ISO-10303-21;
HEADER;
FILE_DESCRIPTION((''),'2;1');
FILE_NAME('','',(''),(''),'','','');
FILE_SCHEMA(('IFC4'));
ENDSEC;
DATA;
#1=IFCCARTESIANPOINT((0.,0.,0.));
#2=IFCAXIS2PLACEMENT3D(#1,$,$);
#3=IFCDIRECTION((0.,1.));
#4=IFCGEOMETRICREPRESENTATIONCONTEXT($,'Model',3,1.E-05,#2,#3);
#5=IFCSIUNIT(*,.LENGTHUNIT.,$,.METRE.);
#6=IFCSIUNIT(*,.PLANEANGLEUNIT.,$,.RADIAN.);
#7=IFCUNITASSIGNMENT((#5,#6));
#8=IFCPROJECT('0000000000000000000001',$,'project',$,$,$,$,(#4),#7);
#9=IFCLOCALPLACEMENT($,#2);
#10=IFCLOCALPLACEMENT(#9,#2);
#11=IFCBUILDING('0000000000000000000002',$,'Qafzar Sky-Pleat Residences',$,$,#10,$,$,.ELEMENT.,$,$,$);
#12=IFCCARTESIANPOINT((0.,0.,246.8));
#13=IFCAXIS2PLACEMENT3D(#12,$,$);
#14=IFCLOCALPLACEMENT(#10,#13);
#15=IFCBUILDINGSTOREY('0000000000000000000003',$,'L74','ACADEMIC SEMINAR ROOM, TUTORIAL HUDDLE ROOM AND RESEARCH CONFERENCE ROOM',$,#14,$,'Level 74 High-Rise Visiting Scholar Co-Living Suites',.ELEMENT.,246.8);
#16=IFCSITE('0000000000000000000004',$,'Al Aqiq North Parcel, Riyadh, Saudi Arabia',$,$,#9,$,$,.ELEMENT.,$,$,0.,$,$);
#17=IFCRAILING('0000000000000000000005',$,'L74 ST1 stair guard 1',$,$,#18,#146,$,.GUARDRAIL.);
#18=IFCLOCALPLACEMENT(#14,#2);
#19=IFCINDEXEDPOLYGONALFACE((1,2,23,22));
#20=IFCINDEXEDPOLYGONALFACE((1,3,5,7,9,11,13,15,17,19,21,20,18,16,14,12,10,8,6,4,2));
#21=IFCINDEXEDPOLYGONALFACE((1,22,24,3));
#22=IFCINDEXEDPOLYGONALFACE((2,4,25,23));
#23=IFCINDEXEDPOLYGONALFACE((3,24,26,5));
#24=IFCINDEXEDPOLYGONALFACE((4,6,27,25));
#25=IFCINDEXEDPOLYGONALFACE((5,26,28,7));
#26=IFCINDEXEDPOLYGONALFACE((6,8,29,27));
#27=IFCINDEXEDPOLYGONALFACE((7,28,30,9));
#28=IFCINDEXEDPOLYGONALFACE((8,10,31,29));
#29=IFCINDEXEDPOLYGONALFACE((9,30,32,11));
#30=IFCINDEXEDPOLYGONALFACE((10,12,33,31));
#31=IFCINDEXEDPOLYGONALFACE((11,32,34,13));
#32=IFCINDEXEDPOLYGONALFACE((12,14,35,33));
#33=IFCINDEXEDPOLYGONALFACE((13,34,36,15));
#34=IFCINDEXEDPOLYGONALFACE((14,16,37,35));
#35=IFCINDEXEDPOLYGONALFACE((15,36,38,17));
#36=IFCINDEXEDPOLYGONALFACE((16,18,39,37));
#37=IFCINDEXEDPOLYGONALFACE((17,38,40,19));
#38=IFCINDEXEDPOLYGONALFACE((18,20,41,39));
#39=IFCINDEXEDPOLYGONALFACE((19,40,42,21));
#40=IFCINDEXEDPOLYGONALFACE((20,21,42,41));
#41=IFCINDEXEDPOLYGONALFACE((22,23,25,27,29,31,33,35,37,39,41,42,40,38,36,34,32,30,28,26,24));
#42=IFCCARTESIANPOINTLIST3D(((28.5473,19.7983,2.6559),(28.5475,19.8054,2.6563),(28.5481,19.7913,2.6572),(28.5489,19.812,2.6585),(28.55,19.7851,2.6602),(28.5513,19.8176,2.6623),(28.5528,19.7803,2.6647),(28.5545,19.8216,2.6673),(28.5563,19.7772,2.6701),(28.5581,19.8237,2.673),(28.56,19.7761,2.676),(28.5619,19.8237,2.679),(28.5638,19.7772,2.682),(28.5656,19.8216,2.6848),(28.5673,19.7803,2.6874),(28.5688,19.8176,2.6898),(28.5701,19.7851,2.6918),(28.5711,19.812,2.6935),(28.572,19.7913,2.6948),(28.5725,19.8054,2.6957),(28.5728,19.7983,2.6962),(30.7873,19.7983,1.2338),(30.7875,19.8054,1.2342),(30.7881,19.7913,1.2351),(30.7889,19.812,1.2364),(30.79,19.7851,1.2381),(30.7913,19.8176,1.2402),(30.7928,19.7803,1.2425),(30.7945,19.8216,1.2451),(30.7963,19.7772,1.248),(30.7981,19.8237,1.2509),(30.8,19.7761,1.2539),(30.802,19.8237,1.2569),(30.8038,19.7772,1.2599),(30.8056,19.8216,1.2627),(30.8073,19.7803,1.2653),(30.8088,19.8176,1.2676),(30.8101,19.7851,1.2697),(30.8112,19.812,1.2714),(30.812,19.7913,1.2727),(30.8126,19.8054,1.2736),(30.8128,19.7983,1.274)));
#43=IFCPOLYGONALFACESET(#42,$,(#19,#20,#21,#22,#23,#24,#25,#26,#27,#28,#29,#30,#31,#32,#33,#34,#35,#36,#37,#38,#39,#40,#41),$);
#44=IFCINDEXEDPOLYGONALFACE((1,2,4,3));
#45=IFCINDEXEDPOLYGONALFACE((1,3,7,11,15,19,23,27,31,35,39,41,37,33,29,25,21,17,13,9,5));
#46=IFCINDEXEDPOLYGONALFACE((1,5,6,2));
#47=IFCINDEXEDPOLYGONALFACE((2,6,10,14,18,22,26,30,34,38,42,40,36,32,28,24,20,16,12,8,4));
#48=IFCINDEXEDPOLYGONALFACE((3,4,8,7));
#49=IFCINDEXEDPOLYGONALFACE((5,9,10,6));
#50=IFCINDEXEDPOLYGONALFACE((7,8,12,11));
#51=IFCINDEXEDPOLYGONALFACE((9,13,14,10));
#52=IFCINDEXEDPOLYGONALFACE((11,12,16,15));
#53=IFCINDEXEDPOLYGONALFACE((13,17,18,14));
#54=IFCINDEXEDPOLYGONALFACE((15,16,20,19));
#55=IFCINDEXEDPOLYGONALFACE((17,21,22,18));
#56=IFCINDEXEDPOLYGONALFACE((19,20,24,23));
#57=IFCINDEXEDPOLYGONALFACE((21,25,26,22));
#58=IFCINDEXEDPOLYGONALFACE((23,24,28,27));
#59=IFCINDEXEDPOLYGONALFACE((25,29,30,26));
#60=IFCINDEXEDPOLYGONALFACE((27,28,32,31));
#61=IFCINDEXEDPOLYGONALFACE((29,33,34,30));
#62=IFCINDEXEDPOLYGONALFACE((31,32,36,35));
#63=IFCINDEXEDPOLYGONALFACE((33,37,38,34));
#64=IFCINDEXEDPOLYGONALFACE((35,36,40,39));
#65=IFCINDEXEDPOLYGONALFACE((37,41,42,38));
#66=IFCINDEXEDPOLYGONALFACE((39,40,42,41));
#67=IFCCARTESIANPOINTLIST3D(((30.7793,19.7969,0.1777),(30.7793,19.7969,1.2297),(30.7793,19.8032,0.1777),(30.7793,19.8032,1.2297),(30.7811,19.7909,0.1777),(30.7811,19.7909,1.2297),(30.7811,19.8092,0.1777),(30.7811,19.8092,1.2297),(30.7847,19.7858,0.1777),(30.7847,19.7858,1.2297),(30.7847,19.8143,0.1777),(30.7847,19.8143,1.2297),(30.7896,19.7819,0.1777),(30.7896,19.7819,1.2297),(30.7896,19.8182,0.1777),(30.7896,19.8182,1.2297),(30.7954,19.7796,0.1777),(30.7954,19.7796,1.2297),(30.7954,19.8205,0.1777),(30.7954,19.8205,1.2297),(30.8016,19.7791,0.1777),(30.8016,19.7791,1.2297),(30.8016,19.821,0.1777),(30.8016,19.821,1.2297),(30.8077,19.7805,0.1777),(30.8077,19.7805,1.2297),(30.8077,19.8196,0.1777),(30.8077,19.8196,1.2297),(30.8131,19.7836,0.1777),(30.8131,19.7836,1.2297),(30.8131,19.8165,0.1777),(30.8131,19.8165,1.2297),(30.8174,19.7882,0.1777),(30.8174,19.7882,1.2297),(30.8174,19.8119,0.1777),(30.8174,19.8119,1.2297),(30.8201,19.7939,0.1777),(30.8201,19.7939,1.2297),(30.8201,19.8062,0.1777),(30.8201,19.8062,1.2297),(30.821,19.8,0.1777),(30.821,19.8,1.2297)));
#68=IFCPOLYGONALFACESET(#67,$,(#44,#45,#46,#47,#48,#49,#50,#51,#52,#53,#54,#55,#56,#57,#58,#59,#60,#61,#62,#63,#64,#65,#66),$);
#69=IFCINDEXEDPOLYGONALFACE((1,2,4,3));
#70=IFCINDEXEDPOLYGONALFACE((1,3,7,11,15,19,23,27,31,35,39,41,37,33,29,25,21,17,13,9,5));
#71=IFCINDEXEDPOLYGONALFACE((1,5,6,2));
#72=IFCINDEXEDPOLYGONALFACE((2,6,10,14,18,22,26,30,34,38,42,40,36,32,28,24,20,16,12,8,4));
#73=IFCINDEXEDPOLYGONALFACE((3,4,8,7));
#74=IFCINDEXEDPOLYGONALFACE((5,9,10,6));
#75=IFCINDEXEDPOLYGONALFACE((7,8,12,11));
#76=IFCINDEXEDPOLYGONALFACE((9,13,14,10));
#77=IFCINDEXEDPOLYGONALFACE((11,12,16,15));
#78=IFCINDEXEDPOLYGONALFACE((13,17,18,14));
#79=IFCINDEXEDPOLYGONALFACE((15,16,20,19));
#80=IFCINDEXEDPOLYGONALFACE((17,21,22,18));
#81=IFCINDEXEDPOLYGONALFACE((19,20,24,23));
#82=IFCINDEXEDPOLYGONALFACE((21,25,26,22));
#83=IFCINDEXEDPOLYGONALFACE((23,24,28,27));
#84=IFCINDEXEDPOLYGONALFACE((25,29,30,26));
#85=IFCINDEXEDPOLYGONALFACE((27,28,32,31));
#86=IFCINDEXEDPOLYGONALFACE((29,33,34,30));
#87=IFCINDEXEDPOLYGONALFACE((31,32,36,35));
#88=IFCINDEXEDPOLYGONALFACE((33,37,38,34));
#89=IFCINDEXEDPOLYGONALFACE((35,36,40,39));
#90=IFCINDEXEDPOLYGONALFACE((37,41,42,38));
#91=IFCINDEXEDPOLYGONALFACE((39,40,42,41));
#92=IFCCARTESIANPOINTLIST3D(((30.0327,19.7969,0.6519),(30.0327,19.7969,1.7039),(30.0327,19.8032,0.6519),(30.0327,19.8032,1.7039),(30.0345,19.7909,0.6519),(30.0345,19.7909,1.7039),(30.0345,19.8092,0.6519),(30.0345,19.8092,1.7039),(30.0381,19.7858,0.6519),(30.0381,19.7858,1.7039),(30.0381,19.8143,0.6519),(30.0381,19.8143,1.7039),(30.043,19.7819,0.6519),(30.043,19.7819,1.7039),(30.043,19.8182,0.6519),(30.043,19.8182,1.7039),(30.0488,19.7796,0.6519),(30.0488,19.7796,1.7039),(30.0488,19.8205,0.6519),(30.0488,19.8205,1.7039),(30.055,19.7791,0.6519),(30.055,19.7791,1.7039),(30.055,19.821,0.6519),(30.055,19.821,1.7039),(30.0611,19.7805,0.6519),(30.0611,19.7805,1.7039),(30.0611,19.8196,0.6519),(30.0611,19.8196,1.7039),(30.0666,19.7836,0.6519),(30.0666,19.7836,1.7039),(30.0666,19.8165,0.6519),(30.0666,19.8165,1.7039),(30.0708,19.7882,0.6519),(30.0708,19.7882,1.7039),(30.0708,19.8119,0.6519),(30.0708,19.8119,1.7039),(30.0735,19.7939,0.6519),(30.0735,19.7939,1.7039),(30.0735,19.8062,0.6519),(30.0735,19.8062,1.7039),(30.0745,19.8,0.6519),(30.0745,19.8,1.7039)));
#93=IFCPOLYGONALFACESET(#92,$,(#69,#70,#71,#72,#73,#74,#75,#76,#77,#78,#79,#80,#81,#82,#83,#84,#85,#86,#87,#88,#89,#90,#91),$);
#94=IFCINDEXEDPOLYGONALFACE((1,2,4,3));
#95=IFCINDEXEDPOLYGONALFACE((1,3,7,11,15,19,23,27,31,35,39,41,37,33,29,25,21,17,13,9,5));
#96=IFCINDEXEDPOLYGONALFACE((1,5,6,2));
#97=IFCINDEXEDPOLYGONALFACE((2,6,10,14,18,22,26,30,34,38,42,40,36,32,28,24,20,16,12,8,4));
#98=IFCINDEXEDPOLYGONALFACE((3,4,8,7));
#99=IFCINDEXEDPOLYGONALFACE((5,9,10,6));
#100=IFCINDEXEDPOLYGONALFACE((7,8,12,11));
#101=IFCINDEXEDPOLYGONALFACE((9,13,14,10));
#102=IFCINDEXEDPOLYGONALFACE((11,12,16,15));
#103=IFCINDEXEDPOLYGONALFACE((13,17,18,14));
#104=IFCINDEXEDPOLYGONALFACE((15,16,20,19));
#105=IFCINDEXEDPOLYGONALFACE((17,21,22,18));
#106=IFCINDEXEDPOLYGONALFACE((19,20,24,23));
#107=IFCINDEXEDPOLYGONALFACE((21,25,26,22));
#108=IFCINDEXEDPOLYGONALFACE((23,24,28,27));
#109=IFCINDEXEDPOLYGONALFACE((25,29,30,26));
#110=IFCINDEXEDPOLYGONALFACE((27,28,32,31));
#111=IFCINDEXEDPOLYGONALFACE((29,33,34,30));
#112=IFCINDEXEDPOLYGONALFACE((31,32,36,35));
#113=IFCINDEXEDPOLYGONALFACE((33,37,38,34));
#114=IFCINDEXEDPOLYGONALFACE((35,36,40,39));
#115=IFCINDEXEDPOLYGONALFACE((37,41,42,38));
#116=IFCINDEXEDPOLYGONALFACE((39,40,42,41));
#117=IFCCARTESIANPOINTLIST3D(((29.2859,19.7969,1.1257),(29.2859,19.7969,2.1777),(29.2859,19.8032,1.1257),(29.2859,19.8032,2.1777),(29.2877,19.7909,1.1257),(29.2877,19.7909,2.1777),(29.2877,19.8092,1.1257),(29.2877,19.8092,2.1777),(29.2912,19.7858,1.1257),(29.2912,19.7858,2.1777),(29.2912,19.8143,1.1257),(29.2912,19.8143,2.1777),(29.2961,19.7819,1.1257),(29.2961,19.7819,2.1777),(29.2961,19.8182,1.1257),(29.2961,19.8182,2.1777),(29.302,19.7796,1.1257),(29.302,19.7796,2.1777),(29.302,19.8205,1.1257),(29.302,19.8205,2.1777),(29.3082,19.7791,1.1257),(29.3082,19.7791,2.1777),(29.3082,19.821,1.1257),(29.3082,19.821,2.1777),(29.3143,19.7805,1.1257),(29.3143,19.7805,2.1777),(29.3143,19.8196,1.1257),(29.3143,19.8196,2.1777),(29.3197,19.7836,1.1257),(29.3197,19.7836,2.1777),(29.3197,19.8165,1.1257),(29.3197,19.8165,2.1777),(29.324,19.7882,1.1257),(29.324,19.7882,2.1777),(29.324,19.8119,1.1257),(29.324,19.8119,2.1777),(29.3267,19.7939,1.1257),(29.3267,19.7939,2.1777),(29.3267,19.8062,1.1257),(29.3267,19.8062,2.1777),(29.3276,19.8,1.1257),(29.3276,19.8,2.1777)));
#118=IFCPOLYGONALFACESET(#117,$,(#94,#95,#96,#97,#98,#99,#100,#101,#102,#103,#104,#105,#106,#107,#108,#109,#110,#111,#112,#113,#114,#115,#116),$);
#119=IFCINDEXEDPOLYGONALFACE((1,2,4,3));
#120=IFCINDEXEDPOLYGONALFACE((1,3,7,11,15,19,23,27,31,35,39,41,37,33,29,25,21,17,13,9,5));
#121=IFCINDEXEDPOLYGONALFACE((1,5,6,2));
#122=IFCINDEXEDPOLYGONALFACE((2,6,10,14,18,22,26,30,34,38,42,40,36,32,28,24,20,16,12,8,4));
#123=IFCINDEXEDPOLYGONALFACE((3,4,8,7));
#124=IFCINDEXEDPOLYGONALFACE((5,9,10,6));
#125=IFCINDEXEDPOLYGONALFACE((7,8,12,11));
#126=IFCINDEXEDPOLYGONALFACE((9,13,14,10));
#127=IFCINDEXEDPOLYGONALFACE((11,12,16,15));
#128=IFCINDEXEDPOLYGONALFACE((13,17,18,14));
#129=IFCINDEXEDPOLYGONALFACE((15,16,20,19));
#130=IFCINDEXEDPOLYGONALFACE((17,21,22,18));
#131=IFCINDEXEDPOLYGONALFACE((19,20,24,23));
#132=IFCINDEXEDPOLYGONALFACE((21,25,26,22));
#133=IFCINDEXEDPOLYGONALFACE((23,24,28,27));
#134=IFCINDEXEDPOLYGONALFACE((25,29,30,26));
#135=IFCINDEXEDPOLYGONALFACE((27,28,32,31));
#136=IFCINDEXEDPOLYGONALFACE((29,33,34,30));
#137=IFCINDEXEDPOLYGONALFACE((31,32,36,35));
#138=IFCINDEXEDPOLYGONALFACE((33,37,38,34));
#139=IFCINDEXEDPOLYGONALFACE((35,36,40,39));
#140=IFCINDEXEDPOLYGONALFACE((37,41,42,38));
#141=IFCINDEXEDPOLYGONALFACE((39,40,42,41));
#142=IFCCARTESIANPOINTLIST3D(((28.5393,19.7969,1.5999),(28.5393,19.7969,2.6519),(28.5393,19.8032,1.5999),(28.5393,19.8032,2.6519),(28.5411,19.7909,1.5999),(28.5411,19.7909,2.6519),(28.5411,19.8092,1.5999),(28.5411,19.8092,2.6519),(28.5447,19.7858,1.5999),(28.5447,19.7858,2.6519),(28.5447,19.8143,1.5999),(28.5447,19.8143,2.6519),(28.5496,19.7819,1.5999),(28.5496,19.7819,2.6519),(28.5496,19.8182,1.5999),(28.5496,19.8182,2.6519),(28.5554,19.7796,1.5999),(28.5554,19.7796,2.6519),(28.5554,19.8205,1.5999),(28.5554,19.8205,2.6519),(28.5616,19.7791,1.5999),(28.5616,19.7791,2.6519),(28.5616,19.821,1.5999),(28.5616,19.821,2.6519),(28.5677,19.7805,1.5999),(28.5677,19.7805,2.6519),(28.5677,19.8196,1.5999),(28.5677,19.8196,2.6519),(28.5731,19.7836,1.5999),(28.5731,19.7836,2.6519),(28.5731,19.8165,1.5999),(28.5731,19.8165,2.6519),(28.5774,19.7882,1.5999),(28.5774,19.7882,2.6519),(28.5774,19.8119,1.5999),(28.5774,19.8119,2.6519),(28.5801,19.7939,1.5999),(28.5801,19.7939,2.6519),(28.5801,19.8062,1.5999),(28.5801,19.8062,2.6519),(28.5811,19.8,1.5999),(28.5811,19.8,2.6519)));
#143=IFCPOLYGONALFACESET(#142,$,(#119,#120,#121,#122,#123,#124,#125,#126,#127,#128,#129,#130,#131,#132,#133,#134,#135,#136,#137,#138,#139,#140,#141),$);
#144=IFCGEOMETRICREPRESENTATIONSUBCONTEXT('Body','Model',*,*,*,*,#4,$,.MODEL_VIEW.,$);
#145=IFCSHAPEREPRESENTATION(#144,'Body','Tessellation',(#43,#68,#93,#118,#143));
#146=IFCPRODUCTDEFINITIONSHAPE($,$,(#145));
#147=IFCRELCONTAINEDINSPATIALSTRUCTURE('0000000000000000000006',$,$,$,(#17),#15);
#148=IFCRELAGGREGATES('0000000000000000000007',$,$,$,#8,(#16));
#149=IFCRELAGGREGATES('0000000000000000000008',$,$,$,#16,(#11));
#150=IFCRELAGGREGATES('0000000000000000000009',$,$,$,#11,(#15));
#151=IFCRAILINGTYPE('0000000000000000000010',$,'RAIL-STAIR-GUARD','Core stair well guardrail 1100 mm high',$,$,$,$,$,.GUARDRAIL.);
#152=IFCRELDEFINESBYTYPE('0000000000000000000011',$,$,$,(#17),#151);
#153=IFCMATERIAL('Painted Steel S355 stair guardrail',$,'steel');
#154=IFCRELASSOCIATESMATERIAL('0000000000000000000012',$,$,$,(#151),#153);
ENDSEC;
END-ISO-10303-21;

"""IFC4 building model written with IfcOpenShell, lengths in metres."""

from ifc_helpers import new_model, si_unit, direction, frame, origin, origin_2d, place, context, subcontext, project, spatial, circle, extrude, source, transform, mapped, material, type_object, element, save


model = new_model("IFC4")

# Units and contexts
model_context = context("Model", 3, precision=1e-05, world=origin(), true_north=direction((0.0, 1.0)))
body_context = subcontext(model_context, "Body", "Model", "MODEL_VIEW")
ifc_project = project(units=[si_unit("LENGTHUNIT", "METRE"), si_unit("PLANEANGLEUNIT", "RADIAN")], contexts=[model_context])

# Site, building, storey
site_placement = place(None, origin())
site = spatial("IfcSite", under=ifc_project, at=site_placement, Name="Al Aqiq North Parcel, Riyadh, Saudi Arabia", CompositionType="ELEMENT", RefElevation=0.0)
building_placement = place(site_placement, origin())
building = spatial("IfcBuilding", under=site, at=building_placement, Name="Qafzar Sky-Pleat Residences", CompositionType="ELEMENT")
storey_placement = place(building_placement, frame((0.0, 0.0, 246.8)))
storey = spatial("IfcBuildingStorey", under=building, at=storey_placement, Name="L74", Description="ACADEMIC SEMINAR ROOM, TUTORIAL HUDDLE ROOM AND RESEARCH CONFERENCE ROOM", LongName="Level 74 High-Rise Visiting Scholar Co-Living Suites", CompositionType="ELEMENT", Elevation=246.8)

# Railing
ifc_material_1 = material(Name="Painted Steel S355 stair guardrail", Category="steel")
railing_type_1 = type_object("IfcRailingType", Name="RAIL-STAIR-GUARD", Description="Core stair well guardrail 1100 mm high", PredefinedType="GUARDRAIL", material=ifc_material_1)
shared_shape_1 = source(origin(), body_context, "Body", "SweptSolid", [
    extrude(circle(Radius=0.0239, at=origin_2d()), frame((0.0, 0.0, 1.0762), z_axis=(-0.844229, 0.0, 0.535982), x_axis=(0.0, -1.0, 0.0)), (0.0, 0.0, 1.0), 2.6533),
    extrude(circle(Radius=0.021, at=origin_2d()), origin(), (0.0, 0.0, 1.0), 1.052),
    extrude(circle(Radius=0.021, at=origin_2d()), frame((-0.7466, 0.0, 0.4741)), (0.0, 0.0, 1.0), 1.052),
    extrude(circle(Radius=0.021, at=origin_2d()), frame((-1.4934, 0.0, 0.948)), (0.0, 0.0, 1.0), 1.052),
    extrude(circle(Radius=0.021, at=origin_2d()), frame((-2.24, 0.0, 1.4221)), (0.0, 0.0, 1.0), 1.052),
])
railing_1_placement = place(storey_placement, frame((30.8, 19.8, 0.1777)))
element("IfcRailing", 1, at=railing_1_placement, inside=storey, type_object=railing_type_1, Name="L74 ST1 stair guard 1", PredefinedType="GUARDRAIL", context=body_context, shape_type="MappedRepresentation", body=[
    mapped(shared_shape_1, transform((0.0, 0.0, 0.0), x_axis=(1.0, 0.0, 0.0), y_axis=(0.0, 1.0, 0.0), z_axis=(0.0, 0.0, 1.0), scale=1.0)),
])

save(model, "model.ifc")
